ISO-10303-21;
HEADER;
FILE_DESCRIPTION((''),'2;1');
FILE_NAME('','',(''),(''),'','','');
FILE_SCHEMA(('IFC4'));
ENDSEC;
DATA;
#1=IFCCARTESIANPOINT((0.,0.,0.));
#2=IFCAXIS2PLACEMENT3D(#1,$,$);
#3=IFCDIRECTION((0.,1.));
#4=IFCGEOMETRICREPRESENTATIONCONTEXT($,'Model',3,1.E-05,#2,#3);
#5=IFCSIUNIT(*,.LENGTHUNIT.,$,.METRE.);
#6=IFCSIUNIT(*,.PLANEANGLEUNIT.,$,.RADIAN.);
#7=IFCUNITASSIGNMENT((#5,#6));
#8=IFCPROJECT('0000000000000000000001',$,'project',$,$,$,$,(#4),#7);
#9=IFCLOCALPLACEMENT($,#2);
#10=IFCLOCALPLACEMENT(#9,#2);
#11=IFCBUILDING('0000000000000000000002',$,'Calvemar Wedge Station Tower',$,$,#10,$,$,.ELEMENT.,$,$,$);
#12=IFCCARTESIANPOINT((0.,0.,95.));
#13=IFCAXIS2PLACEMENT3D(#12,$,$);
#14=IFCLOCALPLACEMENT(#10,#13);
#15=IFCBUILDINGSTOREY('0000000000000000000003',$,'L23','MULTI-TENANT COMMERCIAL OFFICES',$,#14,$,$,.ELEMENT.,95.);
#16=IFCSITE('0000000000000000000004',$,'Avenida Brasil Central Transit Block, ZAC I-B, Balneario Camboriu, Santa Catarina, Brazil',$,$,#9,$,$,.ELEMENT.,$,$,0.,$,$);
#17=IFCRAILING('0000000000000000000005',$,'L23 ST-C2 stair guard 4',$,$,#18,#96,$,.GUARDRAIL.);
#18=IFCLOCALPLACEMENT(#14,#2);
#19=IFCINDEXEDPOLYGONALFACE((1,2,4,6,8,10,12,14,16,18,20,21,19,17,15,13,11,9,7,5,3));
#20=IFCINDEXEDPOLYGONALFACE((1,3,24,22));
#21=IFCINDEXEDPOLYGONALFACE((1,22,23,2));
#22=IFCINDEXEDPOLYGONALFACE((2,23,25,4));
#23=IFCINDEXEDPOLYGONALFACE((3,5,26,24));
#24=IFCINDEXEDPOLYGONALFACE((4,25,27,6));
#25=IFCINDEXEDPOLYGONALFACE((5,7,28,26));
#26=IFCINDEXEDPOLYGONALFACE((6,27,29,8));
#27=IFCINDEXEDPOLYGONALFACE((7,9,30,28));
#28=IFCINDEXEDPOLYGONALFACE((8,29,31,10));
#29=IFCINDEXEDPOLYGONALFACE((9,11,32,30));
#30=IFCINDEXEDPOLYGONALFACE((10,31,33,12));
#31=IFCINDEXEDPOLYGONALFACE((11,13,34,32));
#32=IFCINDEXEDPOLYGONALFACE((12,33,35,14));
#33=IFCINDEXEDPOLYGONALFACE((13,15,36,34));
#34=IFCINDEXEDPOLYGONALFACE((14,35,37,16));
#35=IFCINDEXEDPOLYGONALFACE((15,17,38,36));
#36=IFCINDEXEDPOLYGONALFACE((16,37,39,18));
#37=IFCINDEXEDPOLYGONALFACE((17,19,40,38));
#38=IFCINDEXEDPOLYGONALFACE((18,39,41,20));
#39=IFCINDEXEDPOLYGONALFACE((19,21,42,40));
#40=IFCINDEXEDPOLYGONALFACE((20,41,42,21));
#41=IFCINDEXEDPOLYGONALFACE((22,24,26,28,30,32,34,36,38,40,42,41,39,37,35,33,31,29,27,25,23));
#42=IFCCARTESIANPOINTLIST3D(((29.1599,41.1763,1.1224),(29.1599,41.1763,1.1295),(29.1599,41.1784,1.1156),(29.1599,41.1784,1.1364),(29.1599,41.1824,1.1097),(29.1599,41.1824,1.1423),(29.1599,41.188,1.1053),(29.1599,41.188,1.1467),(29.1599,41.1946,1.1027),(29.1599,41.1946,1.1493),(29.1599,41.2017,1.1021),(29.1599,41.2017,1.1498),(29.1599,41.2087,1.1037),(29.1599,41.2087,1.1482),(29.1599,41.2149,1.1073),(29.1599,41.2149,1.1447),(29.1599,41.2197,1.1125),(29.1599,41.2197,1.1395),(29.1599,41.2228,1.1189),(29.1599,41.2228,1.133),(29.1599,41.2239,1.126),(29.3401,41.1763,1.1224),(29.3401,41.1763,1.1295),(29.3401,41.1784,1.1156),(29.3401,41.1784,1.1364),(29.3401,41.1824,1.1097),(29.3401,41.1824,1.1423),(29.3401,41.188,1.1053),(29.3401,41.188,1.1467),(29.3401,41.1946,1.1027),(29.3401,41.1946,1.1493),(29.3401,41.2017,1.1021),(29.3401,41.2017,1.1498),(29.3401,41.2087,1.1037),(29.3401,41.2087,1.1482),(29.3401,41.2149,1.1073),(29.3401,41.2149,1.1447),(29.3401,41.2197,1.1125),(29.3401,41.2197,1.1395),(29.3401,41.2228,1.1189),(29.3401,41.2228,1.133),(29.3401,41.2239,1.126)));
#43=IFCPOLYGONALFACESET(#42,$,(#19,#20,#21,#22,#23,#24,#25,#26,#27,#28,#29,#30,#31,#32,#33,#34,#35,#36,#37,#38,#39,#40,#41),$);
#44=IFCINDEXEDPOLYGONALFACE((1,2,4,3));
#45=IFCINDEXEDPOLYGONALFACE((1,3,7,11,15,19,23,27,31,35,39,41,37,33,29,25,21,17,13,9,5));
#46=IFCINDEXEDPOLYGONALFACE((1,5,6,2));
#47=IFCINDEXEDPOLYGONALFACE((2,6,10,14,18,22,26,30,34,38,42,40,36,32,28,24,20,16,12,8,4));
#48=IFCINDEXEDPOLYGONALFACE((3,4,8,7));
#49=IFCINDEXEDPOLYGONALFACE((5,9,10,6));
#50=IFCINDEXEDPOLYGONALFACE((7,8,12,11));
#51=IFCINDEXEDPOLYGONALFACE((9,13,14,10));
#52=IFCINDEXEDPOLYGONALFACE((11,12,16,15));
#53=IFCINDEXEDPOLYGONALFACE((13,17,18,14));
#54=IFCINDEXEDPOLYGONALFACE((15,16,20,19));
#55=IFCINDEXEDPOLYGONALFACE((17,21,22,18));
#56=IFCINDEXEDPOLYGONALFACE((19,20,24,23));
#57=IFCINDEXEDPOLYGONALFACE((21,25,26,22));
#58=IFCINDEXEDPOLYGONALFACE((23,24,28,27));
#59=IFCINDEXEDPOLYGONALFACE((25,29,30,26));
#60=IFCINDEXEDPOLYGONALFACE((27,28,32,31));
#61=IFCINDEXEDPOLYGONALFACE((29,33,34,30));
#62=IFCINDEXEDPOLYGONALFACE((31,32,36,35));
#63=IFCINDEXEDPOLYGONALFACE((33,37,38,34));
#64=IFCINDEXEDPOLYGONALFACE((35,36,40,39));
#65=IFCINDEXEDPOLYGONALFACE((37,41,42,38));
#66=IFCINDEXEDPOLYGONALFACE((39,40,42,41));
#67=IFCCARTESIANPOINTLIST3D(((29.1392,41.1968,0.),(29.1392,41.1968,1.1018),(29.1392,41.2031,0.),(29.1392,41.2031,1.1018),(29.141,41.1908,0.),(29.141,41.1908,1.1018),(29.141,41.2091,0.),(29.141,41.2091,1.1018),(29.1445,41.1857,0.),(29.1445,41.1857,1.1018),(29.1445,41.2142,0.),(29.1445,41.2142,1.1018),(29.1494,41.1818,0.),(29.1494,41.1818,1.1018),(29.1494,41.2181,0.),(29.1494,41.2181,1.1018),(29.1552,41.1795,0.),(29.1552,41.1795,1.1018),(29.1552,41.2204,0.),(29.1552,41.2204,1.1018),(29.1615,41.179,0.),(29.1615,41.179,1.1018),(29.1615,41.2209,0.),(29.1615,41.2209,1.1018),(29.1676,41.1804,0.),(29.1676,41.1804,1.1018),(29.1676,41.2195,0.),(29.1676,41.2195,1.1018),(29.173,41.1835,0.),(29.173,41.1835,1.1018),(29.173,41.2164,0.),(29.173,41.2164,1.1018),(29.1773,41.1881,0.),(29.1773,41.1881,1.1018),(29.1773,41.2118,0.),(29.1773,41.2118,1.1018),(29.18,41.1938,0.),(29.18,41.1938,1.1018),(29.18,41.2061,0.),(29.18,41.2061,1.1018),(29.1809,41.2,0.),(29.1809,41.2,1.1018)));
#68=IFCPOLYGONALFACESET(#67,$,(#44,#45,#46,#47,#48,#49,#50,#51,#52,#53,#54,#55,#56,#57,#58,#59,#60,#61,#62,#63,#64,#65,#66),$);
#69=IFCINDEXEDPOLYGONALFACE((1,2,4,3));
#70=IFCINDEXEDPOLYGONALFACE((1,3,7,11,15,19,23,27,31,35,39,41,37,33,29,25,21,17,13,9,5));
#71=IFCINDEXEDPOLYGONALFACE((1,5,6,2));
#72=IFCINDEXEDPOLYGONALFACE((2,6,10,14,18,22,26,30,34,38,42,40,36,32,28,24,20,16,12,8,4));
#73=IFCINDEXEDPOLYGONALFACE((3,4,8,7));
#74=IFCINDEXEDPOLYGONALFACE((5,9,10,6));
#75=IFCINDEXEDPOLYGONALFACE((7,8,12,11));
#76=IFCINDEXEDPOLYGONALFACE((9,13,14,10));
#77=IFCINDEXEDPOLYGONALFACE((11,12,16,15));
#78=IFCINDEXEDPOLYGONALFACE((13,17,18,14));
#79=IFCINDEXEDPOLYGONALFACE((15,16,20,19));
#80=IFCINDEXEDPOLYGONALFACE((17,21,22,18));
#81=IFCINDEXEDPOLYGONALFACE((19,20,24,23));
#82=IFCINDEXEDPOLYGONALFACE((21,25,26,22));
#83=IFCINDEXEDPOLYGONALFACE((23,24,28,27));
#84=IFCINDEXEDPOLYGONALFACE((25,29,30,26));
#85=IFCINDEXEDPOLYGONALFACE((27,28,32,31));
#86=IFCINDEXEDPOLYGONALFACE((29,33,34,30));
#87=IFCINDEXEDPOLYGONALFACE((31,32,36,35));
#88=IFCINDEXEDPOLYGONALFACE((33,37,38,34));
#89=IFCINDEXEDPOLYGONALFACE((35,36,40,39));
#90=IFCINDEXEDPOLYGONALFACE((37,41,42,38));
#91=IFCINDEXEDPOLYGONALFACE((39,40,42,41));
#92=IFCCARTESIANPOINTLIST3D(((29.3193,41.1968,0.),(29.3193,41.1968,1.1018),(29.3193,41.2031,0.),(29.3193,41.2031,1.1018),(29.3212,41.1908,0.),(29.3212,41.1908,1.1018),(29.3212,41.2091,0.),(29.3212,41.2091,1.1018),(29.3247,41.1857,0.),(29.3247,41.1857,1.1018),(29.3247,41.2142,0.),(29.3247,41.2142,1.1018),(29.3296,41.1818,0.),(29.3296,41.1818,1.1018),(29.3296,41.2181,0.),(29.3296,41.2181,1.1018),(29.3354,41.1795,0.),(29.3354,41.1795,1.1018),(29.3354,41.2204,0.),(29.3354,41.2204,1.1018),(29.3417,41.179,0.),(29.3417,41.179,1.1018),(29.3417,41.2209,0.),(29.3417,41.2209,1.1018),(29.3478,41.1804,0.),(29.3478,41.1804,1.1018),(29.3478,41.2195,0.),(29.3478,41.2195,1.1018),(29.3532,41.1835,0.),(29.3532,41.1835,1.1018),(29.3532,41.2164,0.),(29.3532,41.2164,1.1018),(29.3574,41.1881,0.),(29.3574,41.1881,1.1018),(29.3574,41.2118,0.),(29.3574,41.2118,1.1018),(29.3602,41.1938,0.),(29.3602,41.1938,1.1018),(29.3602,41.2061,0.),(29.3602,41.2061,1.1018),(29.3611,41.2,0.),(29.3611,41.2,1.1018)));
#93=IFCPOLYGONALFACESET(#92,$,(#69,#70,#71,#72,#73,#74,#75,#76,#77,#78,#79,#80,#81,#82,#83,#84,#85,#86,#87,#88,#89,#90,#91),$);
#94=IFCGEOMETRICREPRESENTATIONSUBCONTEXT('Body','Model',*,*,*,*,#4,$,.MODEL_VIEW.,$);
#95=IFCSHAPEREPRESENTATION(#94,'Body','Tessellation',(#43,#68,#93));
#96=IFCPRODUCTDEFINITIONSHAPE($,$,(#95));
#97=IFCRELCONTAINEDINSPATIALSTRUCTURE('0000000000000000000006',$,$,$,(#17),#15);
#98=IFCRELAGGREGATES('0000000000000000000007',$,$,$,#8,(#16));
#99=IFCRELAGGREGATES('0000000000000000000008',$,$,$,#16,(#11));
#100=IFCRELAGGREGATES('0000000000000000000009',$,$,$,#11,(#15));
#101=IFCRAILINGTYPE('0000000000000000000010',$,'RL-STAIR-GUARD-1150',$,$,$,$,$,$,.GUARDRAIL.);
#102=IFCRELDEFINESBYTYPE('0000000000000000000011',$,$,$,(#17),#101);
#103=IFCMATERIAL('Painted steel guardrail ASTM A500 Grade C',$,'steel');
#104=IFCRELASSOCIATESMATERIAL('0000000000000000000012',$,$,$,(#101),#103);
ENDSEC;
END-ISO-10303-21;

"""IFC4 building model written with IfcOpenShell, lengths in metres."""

from ifc_helpers import new_model, si_unit, direction, frame, origin, origin_2d, place, context, subcontext, project, spatial, circle, extrude, material, type_object, element, save


model = new_model("IFC4")

# Units and contexts
model_context = context("Model", 3, precision=1e-05, world=origin(), true_north=direction((0.0, 1.0)))
body_context = subcontext(model_context, "Body", "Model", "MODEL_VIEW")
ifc_project = project(units=[si_unit("LENGTHUNIT", "METRE"), si_unit("PLANEANGLEUNIT", "RADIAN")], contexts=[model_context])

# Site, building, storey
site_placement = place(None, origin())
site = spatial("IfcSite", under=ifc_project, at=site_placement, Name="Avenida Brasil Central Transit Block, ZAC I-B, Balneario Camboriu, Santa Catarina, Brazil", CompositionType="ELEMENT", RefElevation=0.0)
building_placement = place(site_placement, origin())
building = spatial("IfcBuilding", under=site, at=building_placement, Name="Calvemar Wedge Station Tower", CompositionType="ELEMENT")
storey_placement = place(building_placement, frame((0.0, 0.0, 95.0)))
storey = spatial("IfcBuildingStorey", under=building, at=storey_placement, Name="L23", Description="MULTI-TENANT COMMERCIAL OFFICES", CompositionType="ELEMENT", Elevation=95.0)

# Railing
ifc_material_1 = material(Name="Painted steel guardrail ASTM A500 Grade C", Category="steel")
railing_type_1 = type_object("IfcRailingType", Name="RL-STAIR-GUARD-1150", PredefinedType="GUARDRAIL", material=ifc_material_1)
railing_1_placement = place(storey_placement, frame((29.1599, 41.2, 0.0)))
element("IfcRailing", 1, at=railing_1_placement, inside=storey, type_object=railing_type_1, Name="L23 ST-C2 stair guard 4", PredefinedType="GUARDRAIL", context=body_context, shape_type="SweptSolid", body=[
    extrude(circle(Radius=0.0239, at=origin_2d()), frame((0.0, 0.0, 1.126), z_axis=(1.0, 0.0, 0.0), x_axis=(0.0, 1.0, 0.0)), (0.0, 0.0, 1.0), 0.1802),
    extrude(circle(Radius=0.021, at=origin_2d()), origin(), (0.0, 0.0, 1.0), 1.1018),
    extrude(circle(Radius=0.021, at=origin_2d()), frame((0.1802, 0.0, 0.0)), (0.0, 0.0, 1.0), 1.1018),
])

save(model, "model.ifc")
